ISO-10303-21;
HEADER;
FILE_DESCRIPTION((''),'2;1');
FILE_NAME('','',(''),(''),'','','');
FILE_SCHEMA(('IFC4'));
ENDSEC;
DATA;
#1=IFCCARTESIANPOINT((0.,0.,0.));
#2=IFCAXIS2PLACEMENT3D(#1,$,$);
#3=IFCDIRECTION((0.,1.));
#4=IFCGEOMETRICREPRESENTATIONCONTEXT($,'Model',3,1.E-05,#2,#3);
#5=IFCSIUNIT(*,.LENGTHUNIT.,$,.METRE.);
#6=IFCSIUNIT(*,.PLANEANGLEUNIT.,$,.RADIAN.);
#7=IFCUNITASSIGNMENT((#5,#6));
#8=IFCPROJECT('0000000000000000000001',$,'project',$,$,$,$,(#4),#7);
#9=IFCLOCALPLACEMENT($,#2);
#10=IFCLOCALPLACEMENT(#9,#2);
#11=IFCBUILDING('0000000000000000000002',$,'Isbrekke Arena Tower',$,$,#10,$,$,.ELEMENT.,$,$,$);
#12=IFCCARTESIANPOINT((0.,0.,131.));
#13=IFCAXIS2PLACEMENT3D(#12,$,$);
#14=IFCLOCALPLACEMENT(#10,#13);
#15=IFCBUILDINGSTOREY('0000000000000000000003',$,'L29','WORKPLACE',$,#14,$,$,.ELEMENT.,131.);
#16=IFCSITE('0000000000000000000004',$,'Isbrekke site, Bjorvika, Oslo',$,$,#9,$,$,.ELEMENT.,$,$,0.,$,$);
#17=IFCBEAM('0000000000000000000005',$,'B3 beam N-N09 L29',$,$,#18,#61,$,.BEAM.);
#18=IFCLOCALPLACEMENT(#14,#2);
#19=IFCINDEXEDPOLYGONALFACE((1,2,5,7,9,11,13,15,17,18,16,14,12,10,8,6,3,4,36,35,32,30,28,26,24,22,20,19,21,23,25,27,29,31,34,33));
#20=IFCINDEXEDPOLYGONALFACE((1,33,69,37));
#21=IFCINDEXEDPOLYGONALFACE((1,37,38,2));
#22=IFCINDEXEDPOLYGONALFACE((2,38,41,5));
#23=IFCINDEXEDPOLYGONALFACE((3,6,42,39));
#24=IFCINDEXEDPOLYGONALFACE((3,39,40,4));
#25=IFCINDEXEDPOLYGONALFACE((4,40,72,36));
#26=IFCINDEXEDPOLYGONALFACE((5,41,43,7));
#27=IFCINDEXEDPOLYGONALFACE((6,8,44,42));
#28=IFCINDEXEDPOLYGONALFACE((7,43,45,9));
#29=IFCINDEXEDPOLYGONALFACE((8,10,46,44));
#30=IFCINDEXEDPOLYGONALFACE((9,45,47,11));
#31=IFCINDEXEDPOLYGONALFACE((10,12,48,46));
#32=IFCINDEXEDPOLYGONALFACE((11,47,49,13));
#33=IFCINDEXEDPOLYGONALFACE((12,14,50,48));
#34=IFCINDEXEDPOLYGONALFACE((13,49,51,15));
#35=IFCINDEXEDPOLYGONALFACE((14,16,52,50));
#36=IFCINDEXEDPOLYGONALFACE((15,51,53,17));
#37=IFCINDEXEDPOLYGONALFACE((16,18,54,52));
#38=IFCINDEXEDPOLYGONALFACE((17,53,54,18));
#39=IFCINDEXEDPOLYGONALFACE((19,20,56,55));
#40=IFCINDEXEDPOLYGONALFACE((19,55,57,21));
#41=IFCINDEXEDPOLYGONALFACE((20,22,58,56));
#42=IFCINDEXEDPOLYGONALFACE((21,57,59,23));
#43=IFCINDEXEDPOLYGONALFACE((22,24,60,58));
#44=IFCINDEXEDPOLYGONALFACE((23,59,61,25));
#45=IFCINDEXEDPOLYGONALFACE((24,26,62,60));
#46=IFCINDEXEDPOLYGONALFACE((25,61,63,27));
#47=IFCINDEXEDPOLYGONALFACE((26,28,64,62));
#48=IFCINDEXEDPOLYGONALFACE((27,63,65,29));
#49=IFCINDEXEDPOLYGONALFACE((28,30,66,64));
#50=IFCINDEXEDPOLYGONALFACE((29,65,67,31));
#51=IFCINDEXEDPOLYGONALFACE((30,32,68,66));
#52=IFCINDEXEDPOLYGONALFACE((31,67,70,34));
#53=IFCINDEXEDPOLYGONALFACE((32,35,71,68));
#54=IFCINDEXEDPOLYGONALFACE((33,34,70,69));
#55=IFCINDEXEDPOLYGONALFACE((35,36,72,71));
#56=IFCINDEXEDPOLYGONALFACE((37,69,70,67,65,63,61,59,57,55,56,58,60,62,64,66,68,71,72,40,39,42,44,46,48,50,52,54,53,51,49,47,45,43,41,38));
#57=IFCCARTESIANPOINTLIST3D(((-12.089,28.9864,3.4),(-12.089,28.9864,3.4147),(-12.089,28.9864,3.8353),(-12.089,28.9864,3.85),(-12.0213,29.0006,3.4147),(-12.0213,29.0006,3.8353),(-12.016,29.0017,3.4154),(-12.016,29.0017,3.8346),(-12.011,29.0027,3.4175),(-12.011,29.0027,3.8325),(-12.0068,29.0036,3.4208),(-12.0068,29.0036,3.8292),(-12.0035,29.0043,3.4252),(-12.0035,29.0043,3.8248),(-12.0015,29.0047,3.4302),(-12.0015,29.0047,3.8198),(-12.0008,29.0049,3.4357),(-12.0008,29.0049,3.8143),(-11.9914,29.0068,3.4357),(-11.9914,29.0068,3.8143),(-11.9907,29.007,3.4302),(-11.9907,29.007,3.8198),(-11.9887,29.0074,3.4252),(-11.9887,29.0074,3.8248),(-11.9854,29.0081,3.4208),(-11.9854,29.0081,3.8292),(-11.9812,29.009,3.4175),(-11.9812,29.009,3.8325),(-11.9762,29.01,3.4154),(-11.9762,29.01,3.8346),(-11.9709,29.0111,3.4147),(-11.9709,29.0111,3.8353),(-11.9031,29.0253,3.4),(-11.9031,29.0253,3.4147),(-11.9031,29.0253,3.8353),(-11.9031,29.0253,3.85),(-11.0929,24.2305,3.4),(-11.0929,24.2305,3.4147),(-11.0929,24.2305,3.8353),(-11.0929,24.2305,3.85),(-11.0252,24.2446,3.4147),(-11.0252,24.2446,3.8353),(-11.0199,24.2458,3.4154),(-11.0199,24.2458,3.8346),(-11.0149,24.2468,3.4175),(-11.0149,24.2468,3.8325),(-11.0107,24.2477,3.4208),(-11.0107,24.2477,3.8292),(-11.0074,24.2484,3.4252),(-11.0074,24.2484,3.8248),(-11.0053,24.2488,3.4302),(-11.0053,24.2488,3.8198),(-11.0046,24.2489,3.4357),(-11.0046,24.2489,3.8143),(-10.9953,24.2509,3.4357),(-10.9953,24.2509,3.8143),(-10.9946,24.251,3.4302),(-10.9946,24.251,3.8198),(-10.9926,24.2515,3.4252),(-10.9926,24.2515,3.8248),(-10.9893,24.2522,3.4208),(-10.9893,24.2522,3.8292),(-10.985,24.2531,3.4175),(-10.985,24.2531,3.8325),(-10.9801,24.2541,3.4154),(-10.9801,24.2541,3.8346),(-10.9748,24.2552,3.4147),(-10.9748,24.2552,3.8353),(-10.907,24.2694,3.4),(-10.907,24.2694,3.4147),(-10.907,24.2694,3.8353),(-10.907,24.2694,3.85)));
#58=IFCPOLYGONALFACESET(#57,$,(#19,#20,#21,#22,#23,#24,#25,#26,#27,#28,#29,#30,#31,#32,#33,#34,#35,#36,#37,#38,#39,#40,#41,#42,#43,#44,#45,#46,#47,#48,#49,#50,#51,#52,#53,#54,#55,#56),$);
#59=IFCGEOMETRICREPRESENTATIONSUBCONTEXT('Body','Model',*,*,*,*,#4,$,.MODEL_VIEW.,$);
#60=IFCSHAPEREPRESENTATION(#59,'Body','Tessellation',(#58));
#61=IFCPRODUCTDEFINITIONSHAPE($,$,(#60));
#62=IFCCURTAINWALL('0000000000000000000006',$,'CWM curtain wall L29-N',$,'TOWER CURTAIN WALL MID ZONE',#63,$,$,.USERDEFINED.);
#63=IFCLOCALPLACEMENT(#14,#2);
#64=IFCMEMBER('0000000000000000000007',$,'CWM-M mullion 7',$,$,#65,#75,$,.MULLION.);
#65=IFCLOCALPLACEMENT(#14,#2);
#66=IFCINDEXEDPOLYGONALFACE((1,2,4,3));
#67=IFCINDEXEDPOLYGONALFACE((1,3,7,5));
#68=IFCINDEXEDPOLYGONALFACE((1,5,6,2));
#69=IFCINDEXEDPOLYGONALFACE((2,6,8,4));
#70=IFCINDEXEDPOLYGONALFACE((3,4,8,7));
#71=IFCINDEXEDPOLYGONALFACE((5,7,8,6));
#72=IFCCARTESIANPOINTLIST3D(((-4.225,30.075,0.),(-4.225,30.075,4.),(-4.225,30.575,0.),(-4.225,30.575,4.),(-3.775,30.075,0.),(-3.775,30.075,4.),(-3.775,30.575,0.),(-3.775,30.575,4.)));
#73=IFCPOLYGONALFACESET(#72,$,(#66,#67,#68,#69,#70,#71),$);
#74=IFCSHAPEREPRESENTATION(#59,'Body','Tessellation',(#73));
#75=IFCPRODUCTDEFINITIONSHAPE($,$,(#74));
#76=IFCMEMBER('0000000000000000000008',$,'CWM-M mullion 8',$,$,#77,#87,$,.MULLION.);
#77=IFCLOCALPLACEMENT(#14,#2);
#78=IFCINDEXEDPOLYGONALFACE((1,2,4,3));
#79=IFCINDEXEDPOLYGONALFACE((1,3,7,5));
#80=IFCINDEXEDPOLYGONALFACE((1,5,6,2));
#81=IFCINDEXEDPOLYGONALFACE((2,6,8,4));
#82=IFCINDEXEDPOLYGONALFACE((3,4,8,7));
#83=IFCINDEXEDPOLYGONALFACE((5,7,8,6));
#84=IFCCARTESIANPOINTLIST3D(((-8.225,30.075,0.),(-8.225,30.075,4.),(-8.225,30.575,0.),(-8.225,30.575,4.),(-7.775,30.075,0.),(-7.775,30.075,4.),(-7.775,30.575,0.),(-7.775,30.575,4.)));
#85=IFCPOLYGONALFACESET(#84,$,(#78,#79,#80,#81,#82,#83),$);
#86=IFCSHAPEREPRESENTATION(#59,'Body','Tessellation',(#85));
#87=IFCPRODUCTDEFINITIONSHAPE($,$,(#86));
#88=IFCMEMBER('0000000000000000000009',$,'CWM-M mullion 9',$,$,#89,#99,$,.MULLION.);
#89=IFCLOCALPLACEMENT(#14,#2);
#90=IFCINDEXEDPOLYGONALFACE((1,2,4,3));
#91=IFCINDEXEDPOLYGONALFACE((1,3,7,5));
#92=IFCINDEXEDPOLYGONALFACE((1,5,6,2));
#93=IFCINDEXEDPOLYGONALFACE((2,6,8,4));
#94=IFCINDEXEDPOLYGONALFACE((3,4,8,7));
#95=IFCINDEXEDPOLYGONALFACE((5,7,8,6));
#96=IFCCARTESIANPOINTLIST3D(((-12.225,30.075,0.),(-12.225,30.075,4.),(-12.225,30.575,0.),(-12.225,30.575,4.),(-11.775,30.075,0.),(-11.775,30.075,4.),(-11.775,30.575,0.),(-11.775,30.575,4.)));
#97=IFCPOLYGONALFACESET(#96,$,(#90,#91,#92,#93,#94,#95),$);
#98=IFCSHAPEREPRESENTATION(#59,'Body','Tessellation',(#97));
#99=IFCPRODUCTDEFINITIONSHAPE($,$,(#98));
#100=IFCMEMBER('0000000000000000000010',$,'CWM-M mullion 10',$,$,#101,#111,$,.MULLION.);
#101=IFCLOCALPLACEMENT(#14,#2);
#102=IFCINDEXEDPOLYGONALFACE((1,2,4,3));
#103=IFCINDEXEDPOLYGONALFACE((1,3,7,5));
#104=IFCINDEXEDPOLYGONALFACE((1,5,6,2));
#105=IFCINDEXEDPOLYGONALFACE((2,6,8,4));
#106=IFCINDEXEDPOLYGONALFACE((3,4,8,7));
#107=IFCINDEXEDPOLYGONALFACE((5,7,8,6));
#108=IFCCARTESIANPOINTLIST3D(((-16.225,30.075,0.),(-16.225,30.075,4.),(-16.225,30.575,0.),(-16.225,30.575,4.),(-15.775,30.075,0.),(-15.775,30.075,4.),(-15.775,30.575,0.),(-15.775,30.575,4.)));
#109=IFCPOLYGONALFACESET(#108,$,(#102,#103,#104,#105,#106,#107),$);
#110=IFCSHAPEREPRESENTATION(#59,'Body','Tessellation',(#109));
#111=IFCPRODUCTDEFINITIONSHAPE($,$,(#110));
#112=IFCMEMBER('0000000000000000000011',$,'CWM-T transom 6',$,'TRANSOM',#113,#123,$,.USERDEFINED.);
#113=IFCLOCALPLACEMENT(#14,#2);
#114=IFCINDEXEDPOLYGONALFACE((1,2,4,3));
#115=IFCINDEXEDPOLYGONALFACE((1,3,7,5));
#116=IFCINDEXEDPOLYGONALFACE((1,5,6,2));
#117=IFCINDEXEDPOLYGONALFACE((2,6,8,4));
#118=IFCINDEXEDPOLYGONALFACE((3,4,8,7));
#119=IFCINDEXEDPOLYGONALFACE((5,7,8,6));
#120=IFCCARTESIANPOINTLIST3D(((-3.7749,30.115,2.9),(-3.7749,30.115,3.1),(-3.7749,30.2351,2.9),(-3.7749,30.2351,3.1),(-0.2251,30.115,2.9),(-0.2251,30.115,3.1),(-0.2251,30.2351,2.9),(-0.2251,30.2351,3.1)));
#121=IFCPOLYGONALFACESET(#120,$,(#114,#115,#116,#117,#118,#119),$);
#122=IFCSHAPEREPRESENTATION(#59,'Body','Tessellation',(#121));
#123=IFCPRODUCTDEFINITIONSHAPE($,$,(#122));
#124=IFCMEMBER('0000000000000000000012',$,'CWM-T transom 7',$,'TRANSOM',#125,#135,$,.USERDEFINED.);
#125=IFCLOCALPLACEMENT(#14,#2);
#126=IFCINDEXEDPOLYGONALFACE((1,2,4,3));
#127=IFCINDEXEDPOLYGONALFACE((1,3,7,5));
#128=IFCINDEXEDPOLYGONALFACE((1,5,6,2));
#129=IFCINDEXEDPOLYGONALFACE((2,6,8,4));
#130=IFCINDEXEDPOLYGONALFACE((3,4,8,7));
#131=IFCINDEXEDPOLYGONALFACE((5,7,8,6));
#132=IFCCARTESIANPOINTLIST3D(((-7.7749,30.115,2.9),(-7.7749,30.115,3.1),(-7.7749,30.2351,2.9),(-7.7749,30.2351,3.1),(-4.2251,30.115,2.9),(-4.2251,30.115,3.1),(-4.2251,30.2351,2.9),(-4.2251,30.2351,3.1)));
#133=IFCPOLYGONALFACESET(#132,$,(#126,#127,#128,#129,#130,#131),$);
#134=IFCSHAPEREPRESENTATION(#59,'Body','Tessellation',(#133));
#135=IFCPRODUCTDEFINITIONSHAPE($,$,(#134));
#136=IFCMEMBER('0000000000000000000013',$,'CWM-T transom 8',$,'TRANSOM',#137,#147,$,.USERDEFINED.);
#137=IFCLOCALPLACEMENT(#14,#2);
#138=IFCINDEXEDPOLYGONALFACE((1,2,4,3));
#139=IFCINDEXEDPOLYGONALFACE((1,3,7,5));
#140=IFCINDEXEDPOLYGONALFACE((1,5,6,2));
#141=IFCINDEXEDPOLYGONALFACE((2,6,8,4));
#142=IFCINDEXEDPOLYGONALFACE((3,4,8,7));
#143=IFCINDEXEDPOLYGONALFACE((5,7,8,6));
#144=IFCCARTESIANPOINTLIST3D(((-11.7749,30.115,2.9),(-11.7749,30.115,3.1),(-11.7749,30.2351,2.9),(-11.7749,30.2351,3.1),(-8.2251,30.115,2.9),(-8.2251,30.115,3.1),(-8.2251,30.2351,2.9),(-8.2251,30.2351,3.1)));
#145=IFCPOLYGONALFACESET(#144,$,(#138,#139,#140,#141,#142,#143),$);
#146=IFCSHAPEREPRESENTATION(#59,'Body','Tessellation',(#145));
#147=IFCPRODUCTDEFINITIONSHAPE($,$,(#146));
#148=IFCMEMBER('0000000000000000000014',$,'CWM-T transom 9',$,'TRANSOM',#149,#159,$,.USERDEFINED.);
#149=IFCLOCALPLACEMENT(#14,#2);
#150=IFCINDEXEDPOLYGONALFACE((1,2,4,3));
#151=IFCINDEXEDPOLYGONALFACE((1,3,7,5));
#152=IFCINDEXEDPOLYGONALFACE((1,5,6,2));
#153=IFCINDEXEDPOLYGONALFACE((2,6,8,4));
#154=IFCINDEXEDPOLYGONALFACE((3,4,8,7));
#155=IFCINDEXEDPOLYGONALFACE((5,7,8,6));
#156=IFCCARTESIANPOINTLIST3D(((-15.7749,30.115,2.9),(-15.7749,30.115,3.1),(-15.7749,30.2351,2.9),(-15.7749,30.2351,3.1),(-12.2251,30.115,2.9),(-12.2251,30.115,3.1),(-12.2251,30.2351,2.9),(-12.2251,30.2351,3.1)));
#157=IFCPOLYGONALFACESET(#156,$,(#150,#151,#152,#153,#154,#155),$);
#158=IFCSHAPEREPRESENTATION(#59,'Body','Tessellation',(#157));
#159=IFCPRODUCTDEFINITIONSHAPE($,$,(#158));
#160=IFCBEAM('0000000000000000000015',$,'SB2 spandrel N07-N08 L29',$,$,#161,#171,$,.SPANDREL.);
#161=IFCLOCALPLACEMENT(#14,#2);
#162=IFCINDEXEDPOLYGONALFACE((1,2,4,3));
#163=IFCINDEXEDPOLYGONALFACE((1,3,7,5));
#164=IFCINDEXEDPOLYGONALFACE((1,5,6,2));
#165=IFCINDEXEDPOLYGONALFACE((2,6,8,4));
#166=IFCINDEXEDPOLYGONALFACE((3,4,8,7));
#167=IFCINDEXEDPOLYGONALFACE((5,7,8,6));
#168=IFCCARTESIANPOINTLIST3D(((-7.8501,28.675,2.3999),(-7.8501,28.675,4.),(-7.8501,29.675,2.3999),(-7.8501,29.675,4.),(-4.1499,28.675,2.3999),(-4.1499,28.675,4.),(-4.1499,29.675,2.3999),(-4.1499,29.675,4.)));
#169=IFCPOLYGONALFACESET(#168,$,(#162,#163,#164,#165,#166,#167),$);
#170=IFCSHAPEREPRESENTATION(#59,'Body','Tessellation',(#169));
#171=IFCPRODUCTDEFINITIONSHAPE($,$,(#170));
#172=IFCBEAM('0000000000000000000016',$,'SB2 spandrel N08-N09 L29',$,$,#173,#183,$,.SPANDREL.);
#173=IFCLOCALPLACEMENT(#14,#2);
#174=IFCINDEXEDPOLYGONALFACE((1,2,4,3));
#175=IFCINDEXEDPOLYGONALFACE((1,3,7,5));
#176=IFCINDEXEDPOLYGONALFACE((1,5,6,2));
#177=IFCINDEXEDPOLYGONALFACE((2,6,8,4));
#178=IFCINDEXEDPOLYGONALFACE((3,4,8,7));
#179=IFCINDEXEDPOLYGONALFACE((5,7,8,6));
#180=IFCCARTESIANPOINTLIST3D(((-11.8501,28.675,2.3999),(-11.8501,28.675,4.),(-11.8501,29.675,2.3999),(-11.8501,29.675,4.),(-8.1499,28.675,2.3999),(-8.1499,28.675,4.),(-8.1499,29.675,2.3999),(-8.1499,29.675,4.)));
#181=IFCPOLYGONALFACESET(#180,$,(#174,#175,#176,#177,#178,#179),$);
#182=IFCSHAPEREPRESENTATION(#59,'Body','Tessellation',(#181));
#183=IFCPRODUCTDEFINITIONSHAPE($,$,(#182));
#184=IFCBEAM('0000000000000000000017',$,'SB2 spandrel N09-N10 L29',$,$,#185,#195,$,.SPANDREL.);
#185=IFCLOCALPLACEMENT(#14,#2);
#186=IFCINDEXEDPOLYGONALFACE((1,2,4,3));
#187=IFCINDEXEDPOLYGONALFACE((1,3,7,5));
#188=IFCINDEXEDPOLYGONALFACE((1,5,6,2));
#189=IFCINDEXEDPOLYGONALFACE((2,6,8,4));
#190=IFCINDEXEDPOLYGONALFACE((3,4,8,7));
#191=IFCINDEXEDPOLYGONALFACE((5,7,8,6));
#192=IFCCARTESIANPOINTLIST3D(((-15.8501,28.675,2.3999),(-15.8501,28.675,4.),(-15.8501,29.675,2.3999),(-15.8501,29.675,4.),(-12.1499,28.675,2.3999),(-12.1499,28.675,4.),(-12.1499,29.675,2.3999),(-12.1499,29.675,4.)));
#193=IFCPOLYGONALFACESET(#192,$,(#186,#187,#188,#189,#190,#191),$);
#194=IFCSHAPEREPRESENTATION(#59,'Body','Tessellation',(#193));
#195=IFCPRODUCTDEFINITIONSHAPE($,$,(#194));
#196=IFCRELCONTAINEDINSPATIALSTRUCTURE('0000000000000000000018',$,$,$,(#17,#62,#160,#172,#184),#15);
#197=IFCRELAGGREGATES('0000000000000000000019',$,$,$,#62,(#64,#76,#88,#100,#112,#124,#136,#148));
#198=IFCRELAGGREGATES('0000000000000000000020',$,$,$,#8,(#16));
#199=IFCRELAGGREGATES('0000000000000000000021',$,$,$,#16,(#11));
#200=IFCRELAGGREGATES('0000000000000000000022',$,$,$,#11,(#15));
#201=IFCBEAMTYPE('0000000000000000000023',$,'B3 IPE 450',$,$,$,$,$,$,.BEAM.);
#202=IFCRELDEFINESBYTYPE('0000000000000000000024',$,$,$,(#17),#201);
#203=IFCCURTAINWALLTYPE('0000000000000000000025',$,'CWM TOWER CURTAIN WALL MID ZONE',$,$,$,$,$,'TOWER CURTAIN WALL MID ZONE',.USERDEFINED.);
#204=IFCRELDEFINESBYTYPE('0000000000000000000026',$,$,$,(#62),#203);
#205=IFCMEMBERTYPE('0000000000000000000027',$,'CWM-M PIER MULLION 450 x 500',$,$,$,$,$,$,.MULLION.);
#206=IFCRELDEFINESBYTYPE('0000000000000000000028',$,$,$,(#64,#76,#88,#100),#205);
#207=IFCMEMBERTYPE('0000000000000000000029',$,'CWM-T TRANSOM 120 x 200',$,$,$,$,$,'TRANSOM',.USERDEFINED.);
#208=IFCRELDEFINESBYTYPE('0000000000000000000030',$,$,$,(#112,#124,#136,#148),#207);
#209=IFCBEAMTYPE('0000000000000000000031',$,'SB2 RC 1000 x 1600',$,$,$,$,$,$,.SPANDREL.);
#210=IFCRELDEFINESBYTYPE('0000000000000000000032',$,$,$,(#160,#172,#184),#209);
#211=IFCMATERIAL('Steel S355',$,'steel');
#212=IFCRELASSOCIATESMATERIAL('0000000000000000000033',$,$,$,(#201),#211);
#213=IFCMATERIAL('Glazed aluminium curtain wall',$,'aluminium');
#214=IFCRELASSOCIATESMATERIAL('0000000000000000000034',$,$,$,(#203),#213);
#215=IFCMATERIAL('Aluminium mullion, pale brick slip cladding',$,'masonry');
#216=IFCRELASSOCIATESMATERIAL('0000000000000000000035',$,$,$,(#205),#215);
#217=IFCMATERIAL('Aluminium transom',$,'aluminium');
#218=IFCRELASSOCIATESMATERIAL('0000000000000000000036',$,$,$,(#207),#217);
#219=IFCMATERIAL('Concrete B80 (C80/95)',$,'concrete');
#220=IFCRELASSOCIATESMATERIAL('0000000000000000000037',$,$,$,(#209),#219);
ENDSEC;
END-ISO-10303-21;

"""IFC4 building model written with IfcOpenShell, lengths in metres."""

from ifc_helpers import new_model, si_unit, direction, frame, origin, origin_2d, place, context, subcontext, project, spatial, rectangle, i_section, extrude, material, material_profile, profile_set, type_object, element, aggregate, save


model = new_model("IFC4")

# Units and contexts
model_context = context("Model", 3, precision=1e-05, world=origin(), true_north=direction((0.0, 1.0)))
body_context = subcontext(model_context, "Body", "Model", "MODEL_VIEW")
ifc_project = project(units=[si_unit("LENGTHUNIT", "METRE"), si_unit("PLANEANGLEUNIT", "RADIAN")], contexts=[model_context])

# Site, building, storey
site_placement = place(None, origin())
site = spatial("IfcSite", under=ifc_project, at=site_placement, Name="Isbrekke site, Bjorvika, Oslo", CompositionType="ELEMENT", RefElevation=0.0)
building_placement = place(site_placement, origin())
building = spatial("IfcBuilding", under=site, at=building_placement, Name="Isbrekke Arena Tower", CompositionType="ELEMENT")
storey_placement = place(building_placement, frame((0.0, 0.0, 131.0)))
storey = spatial("IfcBuildingStorey", under=building, at=storey_placement, Name="L29", Description="WORKPLACE", CompositionType="ELEMENT", Elevation=131.0)

# Beam
ifc_material_1 = material(Name="Steel S355", Category="steel")
ifc_material_profile_1 = material_profile(ifc_material_1, i_section(OverallWidth=0.1899, OverallDepth=0.45, WebThickness=0.0095, FlangeThickness=0.0146, FilletRadius=0.021, at=origin_2d()), Name="IPE 450")
ifc_profile_set_1 = profile_set([ifc_material_profile_1], Name="Steel S355")
beam_type_1 = type_object("IfcBeamType", Name="B3 IPE 450", PredefinedType="BEAM", material=ifc_profile_set_1)
beam_1_placement = place(storey_placement, frame((-11.9961, 29.0059, 3.625), z_axis=(0.204997, -0.978762, 0.0), x_axis=(0.978762, 0.204997, 0.0)))
element("IfcBeam", 1, at=beam_1_placement, inside=storey, type_object=beam_type_1, Name="B3 beam N-N09 L29", PredefinedType="BEAM", context=body_context, shape_type="SweptSolid", body=[
    extrude(i_section(OverallWidth=0.1899, OverallDepth=0.45, WebThickness=0.0095, FlangeThickness=0.0146, FilletRadius=0.021, at=origin_2d()), origin(), (0.0, 0.0, 1.0), 4.8591),
])

# Curtain wall, members
ifc_material_2 = material(Name="Glazed aluminium curtain wall", Category="aluminium")
curtain_wall_type = type_object("IfcCurtainWallType", Name="CWM TOWER CURTAIN WALL MID ZONE", ElementType="TOWER CURTAIN WALL MID ZONE", PredefinedType="USERDEFINED", material=ifc_material_2)
curtain_wall_placement = place(storey_placement, origin())
curtain_wall = element("IfcCurtainWall", 2, at=curtain_wall_placement, inside=storey, type_object=curtain_wall_type, Name="CWM curtain wall L29-N", ObjectType="TOWER CURTAIN WALL MID ZONE", PredefinedType="USERDEFINED")
ifc_material_3 = material(Name="Aluminium mullion, pale brick slip cladding", Category="masonry")
ifc_material_profile_2 = material_profile(ifc_material_3, rectangle(XDim=0.45, YDim=0.5, at=origin_2d()), Name="PIER 450X500")
ifc_profile_set_2 = profile_set([ifc_material_profile_2], Name="Aluminium mullion, pale brick slip cladding")
member_type_1 = type_object("IfcMemberType", Name="CWM-M PIER MULLION 450 x 500", PredefinedType="MULLION", material=ifc_profile_set_2)
member_1_placement = place(storey_placement, frame((-4.0, 30.325, 0.0), z_axis=(0.0, 0.0, 1.0), x_axis=(-1.0, 0.0, 0.0)))
member_1 = element("IfcMember", 3, at=member_1_placement, type_object=member_type_1, Name="CWM-M mullion 7", PredefinedType="MULLION", context=body_context, shape_type="SweptSolid", body=[
    extrude(rectangle(XDim=0.45, YDim=0.5, at=origin_2d()), origin(), (0.0, 0.0, 1.0), 4.0),
])
member_2_placement = place(storey_placement, frame((-8.0, 30.325, 0.0), z_axis=(0.0, 0.0, 1.0), x_axis=(-1.0, 0.0, 0.0)))
member_2 = element("IfcMember", 4, at=member_2_placement, type_object=member_type_1, Name="CWM-M mullion 8", PredefinedType="MULLION", context=body_context, shape_type="SweptSolid", body=[
    extrude(rectangle(XDim=0.45, YDim=0.5, at=origin_2d()), origin(), (0.0, 0.0, 1.0), 4.0),
])
member_3_placement = place(storey_placement, frame((-12.0, 30.325, 0.0), z_axis=(0.0, 0.0, 1.0), x_axis=(-1.0, 0.0, 0.0)))
member_3 = element("IfcMember", 5, at=member_3_placement, type_object=member_type_1, Name="CWM-M mullion 9", PredefinedType="MULLION", context=body_context, shape_type="SweptSolid", body=[
    extrude(rectangle(XDim=0.45, YDim=0.5, at=origin_2d()), origin(), (0.0, 0.0, 1.0), 4.0),
])
member_4_placement = place(storey_placement, frame((-16.0, 30.325, 0.0), z_axis=(0.0, 0.0, 1.0), x_axis=(-1.0, 0.0, 0.0)))
member_4 = element("IfcMember", 6, at=member_4_placement, type_object=member_type_1, Name="CWM-M mullion 10", PredefinedType="MULLION", context=body_context, shape_type="SweptSolid", body=[
    extrude(rectangle(XDim=0.45, YDim=0.5, at=origin_2d()), origin(), (0.0, 0.0, 1.0), 4.0),
])
ifc_material_4 = material(Name="Aluminium transom", Category="aluminium")
ifc_material_profile_3 = material_profile(ifc_material_4, rectangle(XDim=0.1201, YDim=0.2, at=origin_2d()), Name="TRANSOM 120X200")
ifc_profile_set_3 = profile_set([ifc_material_profile_3], Name="Aluminium transom")
member_type_2 = type_object("IfcMemberType", Name="CWM-T TRANSOM 120 x 200", ElementType="TRANSOM", PredefinedType="USERDEFINED", material=ifc_profile_set_3)
member_5_placement = place(storey_placement, frame((-0.2251, 30.175, 3.0), z_axis=(-1.0, 0.0, 0.0), x_axis=(0.0, -1.0, 0.0)))
member_5 = element("IfcMember", 7, at=member_5_placement, type_object=member_type_2, Name="CWM-T transom 6", ObjectType="TRANSOM", PredefinedType="USERDEFINED", context=body_context, shape_type="SweptSolid", body=[
    extrude(rectangle(XDim=0.1201, YDim=0.2, at=origin_2d()), origin(), (0.0, 0.0, 1.0), 3.5498),
])
member_6_placement = place(storey_placement, frame((-4.2251, 30.175, 3.0), z_axis=(-1.0, 0.0, 0.0), x_axis=(0.0, -1.0, 0.0)))
member_6 = element("IfcMember", 8, at=member_6_placement, type_object=member_type_2, Name="CWM-T transom 7", ObjectType="TRANSOM", PredefinedType="USERDEFINED", context=body_context, shape_type="SweptSolid", body=[
    extrude(rectangle(XDim=0.1201, YDim=0.2, at=origin_2d()), origin(), (0.0, 0.0, 1.0), 3.5498),
])
member_7_placement = place(storey_placement, frame((-8.2251, 30.175, 3.0), z_axis=(-1.0, 0.0, 0.0), x_axis=(0.0, -1.0, 0.0)))
member_7 = element("IfcMember", 9, at=member_7_placement, type_object=member_type_2, Name="CWM-T transom 8", ObjectType="TRANSOM", PredefinedType="USERDEFINED", context=body_context, shape_type="SweptSolid", body=[
    extrude(rectangle(XDim=0.1201, YDim=0.2, at=origin_2d()), origin(), (0.0, 0.0, 1.0), 3.5498),
])
member_8_placement = place(storey_placement, frame((-12.2251, 30.175, 3.0), z_axis=(-1.0, 0.0, 0.0), x_axis=(0.0, -1.0, 0.0)))
member_8 = element("IfcMember", 10, at=member_8_placement, type_object=member_type_2, Name="CWM-T transom 9", ObjectType="TRANSOM", PredefinedType="USERDEFINED", context=body_context, shape_type="SweptSolid", body=[
    extrude(rectangle(XDim=0.1201, YDim=0.2, at=origin_2d()), origin(), (0.0, 0.0, 1.0), 3.5498),
])

# Beams
ifc_material_5 = material(Name="Concrete B80 (C80/95)", Category="concrete")
ifc_material_profile_4 = material_profile(ifc_material_5, rectangle(XDim=1.0, YDim=1.6001, at=origin_2d()), Name="RC 1000x1600")
ifc_profile_set_4 = profile_set([ifc_material_profile_4], Name="Concrete B80 (C80/95)")
beam_type_2 = type_object("IfcBeamType", Name="SB2 RC 1000 x 1600", PredefinedType="SPANDREL", material=ifc_profile_set_4)
for number, where, z_axis, x_axis, name in (
    (11, (-4.1499, 29.175, 3.2), (-1.0, 0.0, 0.0), (0.0, -1.0, 0.0), "SB2 spandrel N07-N08 L29"),
    (12, (-8.1499, 29.175, 3.2), (-1.0, 0.0, 0.0), (0.0, -1.0, 0.0), "SB2 spandrel N08-N09 L29"),
    (13, (-12.1499, 29.175, 3.2), (-1.0, 0.0, 0.0), (0.0, -1.0, 0.0), "SB2 spandrel N09-N10 L29"),
):
    element("IfcBeam", number, at=place(storey_placement, frame(where, z_axis=z_axis, x_axis=x_axis)), inside=storey, type_object=beam_type_2, Name=name, PredefinedType="SPANDREL", context=body_context, shape_type="SweptSolid", body=[
        extrude(rectangle(XDim=1.0, YDim=1.6001, at=origin_2d()), origin(), (0.0, 0.0, 1.0), 3.7002),
    ])

aggregate(curtain_wall, [member_1, member_2, member_3, member_4, member_5, member_6, member_7, member_8])

save(model, "model.ifc")
